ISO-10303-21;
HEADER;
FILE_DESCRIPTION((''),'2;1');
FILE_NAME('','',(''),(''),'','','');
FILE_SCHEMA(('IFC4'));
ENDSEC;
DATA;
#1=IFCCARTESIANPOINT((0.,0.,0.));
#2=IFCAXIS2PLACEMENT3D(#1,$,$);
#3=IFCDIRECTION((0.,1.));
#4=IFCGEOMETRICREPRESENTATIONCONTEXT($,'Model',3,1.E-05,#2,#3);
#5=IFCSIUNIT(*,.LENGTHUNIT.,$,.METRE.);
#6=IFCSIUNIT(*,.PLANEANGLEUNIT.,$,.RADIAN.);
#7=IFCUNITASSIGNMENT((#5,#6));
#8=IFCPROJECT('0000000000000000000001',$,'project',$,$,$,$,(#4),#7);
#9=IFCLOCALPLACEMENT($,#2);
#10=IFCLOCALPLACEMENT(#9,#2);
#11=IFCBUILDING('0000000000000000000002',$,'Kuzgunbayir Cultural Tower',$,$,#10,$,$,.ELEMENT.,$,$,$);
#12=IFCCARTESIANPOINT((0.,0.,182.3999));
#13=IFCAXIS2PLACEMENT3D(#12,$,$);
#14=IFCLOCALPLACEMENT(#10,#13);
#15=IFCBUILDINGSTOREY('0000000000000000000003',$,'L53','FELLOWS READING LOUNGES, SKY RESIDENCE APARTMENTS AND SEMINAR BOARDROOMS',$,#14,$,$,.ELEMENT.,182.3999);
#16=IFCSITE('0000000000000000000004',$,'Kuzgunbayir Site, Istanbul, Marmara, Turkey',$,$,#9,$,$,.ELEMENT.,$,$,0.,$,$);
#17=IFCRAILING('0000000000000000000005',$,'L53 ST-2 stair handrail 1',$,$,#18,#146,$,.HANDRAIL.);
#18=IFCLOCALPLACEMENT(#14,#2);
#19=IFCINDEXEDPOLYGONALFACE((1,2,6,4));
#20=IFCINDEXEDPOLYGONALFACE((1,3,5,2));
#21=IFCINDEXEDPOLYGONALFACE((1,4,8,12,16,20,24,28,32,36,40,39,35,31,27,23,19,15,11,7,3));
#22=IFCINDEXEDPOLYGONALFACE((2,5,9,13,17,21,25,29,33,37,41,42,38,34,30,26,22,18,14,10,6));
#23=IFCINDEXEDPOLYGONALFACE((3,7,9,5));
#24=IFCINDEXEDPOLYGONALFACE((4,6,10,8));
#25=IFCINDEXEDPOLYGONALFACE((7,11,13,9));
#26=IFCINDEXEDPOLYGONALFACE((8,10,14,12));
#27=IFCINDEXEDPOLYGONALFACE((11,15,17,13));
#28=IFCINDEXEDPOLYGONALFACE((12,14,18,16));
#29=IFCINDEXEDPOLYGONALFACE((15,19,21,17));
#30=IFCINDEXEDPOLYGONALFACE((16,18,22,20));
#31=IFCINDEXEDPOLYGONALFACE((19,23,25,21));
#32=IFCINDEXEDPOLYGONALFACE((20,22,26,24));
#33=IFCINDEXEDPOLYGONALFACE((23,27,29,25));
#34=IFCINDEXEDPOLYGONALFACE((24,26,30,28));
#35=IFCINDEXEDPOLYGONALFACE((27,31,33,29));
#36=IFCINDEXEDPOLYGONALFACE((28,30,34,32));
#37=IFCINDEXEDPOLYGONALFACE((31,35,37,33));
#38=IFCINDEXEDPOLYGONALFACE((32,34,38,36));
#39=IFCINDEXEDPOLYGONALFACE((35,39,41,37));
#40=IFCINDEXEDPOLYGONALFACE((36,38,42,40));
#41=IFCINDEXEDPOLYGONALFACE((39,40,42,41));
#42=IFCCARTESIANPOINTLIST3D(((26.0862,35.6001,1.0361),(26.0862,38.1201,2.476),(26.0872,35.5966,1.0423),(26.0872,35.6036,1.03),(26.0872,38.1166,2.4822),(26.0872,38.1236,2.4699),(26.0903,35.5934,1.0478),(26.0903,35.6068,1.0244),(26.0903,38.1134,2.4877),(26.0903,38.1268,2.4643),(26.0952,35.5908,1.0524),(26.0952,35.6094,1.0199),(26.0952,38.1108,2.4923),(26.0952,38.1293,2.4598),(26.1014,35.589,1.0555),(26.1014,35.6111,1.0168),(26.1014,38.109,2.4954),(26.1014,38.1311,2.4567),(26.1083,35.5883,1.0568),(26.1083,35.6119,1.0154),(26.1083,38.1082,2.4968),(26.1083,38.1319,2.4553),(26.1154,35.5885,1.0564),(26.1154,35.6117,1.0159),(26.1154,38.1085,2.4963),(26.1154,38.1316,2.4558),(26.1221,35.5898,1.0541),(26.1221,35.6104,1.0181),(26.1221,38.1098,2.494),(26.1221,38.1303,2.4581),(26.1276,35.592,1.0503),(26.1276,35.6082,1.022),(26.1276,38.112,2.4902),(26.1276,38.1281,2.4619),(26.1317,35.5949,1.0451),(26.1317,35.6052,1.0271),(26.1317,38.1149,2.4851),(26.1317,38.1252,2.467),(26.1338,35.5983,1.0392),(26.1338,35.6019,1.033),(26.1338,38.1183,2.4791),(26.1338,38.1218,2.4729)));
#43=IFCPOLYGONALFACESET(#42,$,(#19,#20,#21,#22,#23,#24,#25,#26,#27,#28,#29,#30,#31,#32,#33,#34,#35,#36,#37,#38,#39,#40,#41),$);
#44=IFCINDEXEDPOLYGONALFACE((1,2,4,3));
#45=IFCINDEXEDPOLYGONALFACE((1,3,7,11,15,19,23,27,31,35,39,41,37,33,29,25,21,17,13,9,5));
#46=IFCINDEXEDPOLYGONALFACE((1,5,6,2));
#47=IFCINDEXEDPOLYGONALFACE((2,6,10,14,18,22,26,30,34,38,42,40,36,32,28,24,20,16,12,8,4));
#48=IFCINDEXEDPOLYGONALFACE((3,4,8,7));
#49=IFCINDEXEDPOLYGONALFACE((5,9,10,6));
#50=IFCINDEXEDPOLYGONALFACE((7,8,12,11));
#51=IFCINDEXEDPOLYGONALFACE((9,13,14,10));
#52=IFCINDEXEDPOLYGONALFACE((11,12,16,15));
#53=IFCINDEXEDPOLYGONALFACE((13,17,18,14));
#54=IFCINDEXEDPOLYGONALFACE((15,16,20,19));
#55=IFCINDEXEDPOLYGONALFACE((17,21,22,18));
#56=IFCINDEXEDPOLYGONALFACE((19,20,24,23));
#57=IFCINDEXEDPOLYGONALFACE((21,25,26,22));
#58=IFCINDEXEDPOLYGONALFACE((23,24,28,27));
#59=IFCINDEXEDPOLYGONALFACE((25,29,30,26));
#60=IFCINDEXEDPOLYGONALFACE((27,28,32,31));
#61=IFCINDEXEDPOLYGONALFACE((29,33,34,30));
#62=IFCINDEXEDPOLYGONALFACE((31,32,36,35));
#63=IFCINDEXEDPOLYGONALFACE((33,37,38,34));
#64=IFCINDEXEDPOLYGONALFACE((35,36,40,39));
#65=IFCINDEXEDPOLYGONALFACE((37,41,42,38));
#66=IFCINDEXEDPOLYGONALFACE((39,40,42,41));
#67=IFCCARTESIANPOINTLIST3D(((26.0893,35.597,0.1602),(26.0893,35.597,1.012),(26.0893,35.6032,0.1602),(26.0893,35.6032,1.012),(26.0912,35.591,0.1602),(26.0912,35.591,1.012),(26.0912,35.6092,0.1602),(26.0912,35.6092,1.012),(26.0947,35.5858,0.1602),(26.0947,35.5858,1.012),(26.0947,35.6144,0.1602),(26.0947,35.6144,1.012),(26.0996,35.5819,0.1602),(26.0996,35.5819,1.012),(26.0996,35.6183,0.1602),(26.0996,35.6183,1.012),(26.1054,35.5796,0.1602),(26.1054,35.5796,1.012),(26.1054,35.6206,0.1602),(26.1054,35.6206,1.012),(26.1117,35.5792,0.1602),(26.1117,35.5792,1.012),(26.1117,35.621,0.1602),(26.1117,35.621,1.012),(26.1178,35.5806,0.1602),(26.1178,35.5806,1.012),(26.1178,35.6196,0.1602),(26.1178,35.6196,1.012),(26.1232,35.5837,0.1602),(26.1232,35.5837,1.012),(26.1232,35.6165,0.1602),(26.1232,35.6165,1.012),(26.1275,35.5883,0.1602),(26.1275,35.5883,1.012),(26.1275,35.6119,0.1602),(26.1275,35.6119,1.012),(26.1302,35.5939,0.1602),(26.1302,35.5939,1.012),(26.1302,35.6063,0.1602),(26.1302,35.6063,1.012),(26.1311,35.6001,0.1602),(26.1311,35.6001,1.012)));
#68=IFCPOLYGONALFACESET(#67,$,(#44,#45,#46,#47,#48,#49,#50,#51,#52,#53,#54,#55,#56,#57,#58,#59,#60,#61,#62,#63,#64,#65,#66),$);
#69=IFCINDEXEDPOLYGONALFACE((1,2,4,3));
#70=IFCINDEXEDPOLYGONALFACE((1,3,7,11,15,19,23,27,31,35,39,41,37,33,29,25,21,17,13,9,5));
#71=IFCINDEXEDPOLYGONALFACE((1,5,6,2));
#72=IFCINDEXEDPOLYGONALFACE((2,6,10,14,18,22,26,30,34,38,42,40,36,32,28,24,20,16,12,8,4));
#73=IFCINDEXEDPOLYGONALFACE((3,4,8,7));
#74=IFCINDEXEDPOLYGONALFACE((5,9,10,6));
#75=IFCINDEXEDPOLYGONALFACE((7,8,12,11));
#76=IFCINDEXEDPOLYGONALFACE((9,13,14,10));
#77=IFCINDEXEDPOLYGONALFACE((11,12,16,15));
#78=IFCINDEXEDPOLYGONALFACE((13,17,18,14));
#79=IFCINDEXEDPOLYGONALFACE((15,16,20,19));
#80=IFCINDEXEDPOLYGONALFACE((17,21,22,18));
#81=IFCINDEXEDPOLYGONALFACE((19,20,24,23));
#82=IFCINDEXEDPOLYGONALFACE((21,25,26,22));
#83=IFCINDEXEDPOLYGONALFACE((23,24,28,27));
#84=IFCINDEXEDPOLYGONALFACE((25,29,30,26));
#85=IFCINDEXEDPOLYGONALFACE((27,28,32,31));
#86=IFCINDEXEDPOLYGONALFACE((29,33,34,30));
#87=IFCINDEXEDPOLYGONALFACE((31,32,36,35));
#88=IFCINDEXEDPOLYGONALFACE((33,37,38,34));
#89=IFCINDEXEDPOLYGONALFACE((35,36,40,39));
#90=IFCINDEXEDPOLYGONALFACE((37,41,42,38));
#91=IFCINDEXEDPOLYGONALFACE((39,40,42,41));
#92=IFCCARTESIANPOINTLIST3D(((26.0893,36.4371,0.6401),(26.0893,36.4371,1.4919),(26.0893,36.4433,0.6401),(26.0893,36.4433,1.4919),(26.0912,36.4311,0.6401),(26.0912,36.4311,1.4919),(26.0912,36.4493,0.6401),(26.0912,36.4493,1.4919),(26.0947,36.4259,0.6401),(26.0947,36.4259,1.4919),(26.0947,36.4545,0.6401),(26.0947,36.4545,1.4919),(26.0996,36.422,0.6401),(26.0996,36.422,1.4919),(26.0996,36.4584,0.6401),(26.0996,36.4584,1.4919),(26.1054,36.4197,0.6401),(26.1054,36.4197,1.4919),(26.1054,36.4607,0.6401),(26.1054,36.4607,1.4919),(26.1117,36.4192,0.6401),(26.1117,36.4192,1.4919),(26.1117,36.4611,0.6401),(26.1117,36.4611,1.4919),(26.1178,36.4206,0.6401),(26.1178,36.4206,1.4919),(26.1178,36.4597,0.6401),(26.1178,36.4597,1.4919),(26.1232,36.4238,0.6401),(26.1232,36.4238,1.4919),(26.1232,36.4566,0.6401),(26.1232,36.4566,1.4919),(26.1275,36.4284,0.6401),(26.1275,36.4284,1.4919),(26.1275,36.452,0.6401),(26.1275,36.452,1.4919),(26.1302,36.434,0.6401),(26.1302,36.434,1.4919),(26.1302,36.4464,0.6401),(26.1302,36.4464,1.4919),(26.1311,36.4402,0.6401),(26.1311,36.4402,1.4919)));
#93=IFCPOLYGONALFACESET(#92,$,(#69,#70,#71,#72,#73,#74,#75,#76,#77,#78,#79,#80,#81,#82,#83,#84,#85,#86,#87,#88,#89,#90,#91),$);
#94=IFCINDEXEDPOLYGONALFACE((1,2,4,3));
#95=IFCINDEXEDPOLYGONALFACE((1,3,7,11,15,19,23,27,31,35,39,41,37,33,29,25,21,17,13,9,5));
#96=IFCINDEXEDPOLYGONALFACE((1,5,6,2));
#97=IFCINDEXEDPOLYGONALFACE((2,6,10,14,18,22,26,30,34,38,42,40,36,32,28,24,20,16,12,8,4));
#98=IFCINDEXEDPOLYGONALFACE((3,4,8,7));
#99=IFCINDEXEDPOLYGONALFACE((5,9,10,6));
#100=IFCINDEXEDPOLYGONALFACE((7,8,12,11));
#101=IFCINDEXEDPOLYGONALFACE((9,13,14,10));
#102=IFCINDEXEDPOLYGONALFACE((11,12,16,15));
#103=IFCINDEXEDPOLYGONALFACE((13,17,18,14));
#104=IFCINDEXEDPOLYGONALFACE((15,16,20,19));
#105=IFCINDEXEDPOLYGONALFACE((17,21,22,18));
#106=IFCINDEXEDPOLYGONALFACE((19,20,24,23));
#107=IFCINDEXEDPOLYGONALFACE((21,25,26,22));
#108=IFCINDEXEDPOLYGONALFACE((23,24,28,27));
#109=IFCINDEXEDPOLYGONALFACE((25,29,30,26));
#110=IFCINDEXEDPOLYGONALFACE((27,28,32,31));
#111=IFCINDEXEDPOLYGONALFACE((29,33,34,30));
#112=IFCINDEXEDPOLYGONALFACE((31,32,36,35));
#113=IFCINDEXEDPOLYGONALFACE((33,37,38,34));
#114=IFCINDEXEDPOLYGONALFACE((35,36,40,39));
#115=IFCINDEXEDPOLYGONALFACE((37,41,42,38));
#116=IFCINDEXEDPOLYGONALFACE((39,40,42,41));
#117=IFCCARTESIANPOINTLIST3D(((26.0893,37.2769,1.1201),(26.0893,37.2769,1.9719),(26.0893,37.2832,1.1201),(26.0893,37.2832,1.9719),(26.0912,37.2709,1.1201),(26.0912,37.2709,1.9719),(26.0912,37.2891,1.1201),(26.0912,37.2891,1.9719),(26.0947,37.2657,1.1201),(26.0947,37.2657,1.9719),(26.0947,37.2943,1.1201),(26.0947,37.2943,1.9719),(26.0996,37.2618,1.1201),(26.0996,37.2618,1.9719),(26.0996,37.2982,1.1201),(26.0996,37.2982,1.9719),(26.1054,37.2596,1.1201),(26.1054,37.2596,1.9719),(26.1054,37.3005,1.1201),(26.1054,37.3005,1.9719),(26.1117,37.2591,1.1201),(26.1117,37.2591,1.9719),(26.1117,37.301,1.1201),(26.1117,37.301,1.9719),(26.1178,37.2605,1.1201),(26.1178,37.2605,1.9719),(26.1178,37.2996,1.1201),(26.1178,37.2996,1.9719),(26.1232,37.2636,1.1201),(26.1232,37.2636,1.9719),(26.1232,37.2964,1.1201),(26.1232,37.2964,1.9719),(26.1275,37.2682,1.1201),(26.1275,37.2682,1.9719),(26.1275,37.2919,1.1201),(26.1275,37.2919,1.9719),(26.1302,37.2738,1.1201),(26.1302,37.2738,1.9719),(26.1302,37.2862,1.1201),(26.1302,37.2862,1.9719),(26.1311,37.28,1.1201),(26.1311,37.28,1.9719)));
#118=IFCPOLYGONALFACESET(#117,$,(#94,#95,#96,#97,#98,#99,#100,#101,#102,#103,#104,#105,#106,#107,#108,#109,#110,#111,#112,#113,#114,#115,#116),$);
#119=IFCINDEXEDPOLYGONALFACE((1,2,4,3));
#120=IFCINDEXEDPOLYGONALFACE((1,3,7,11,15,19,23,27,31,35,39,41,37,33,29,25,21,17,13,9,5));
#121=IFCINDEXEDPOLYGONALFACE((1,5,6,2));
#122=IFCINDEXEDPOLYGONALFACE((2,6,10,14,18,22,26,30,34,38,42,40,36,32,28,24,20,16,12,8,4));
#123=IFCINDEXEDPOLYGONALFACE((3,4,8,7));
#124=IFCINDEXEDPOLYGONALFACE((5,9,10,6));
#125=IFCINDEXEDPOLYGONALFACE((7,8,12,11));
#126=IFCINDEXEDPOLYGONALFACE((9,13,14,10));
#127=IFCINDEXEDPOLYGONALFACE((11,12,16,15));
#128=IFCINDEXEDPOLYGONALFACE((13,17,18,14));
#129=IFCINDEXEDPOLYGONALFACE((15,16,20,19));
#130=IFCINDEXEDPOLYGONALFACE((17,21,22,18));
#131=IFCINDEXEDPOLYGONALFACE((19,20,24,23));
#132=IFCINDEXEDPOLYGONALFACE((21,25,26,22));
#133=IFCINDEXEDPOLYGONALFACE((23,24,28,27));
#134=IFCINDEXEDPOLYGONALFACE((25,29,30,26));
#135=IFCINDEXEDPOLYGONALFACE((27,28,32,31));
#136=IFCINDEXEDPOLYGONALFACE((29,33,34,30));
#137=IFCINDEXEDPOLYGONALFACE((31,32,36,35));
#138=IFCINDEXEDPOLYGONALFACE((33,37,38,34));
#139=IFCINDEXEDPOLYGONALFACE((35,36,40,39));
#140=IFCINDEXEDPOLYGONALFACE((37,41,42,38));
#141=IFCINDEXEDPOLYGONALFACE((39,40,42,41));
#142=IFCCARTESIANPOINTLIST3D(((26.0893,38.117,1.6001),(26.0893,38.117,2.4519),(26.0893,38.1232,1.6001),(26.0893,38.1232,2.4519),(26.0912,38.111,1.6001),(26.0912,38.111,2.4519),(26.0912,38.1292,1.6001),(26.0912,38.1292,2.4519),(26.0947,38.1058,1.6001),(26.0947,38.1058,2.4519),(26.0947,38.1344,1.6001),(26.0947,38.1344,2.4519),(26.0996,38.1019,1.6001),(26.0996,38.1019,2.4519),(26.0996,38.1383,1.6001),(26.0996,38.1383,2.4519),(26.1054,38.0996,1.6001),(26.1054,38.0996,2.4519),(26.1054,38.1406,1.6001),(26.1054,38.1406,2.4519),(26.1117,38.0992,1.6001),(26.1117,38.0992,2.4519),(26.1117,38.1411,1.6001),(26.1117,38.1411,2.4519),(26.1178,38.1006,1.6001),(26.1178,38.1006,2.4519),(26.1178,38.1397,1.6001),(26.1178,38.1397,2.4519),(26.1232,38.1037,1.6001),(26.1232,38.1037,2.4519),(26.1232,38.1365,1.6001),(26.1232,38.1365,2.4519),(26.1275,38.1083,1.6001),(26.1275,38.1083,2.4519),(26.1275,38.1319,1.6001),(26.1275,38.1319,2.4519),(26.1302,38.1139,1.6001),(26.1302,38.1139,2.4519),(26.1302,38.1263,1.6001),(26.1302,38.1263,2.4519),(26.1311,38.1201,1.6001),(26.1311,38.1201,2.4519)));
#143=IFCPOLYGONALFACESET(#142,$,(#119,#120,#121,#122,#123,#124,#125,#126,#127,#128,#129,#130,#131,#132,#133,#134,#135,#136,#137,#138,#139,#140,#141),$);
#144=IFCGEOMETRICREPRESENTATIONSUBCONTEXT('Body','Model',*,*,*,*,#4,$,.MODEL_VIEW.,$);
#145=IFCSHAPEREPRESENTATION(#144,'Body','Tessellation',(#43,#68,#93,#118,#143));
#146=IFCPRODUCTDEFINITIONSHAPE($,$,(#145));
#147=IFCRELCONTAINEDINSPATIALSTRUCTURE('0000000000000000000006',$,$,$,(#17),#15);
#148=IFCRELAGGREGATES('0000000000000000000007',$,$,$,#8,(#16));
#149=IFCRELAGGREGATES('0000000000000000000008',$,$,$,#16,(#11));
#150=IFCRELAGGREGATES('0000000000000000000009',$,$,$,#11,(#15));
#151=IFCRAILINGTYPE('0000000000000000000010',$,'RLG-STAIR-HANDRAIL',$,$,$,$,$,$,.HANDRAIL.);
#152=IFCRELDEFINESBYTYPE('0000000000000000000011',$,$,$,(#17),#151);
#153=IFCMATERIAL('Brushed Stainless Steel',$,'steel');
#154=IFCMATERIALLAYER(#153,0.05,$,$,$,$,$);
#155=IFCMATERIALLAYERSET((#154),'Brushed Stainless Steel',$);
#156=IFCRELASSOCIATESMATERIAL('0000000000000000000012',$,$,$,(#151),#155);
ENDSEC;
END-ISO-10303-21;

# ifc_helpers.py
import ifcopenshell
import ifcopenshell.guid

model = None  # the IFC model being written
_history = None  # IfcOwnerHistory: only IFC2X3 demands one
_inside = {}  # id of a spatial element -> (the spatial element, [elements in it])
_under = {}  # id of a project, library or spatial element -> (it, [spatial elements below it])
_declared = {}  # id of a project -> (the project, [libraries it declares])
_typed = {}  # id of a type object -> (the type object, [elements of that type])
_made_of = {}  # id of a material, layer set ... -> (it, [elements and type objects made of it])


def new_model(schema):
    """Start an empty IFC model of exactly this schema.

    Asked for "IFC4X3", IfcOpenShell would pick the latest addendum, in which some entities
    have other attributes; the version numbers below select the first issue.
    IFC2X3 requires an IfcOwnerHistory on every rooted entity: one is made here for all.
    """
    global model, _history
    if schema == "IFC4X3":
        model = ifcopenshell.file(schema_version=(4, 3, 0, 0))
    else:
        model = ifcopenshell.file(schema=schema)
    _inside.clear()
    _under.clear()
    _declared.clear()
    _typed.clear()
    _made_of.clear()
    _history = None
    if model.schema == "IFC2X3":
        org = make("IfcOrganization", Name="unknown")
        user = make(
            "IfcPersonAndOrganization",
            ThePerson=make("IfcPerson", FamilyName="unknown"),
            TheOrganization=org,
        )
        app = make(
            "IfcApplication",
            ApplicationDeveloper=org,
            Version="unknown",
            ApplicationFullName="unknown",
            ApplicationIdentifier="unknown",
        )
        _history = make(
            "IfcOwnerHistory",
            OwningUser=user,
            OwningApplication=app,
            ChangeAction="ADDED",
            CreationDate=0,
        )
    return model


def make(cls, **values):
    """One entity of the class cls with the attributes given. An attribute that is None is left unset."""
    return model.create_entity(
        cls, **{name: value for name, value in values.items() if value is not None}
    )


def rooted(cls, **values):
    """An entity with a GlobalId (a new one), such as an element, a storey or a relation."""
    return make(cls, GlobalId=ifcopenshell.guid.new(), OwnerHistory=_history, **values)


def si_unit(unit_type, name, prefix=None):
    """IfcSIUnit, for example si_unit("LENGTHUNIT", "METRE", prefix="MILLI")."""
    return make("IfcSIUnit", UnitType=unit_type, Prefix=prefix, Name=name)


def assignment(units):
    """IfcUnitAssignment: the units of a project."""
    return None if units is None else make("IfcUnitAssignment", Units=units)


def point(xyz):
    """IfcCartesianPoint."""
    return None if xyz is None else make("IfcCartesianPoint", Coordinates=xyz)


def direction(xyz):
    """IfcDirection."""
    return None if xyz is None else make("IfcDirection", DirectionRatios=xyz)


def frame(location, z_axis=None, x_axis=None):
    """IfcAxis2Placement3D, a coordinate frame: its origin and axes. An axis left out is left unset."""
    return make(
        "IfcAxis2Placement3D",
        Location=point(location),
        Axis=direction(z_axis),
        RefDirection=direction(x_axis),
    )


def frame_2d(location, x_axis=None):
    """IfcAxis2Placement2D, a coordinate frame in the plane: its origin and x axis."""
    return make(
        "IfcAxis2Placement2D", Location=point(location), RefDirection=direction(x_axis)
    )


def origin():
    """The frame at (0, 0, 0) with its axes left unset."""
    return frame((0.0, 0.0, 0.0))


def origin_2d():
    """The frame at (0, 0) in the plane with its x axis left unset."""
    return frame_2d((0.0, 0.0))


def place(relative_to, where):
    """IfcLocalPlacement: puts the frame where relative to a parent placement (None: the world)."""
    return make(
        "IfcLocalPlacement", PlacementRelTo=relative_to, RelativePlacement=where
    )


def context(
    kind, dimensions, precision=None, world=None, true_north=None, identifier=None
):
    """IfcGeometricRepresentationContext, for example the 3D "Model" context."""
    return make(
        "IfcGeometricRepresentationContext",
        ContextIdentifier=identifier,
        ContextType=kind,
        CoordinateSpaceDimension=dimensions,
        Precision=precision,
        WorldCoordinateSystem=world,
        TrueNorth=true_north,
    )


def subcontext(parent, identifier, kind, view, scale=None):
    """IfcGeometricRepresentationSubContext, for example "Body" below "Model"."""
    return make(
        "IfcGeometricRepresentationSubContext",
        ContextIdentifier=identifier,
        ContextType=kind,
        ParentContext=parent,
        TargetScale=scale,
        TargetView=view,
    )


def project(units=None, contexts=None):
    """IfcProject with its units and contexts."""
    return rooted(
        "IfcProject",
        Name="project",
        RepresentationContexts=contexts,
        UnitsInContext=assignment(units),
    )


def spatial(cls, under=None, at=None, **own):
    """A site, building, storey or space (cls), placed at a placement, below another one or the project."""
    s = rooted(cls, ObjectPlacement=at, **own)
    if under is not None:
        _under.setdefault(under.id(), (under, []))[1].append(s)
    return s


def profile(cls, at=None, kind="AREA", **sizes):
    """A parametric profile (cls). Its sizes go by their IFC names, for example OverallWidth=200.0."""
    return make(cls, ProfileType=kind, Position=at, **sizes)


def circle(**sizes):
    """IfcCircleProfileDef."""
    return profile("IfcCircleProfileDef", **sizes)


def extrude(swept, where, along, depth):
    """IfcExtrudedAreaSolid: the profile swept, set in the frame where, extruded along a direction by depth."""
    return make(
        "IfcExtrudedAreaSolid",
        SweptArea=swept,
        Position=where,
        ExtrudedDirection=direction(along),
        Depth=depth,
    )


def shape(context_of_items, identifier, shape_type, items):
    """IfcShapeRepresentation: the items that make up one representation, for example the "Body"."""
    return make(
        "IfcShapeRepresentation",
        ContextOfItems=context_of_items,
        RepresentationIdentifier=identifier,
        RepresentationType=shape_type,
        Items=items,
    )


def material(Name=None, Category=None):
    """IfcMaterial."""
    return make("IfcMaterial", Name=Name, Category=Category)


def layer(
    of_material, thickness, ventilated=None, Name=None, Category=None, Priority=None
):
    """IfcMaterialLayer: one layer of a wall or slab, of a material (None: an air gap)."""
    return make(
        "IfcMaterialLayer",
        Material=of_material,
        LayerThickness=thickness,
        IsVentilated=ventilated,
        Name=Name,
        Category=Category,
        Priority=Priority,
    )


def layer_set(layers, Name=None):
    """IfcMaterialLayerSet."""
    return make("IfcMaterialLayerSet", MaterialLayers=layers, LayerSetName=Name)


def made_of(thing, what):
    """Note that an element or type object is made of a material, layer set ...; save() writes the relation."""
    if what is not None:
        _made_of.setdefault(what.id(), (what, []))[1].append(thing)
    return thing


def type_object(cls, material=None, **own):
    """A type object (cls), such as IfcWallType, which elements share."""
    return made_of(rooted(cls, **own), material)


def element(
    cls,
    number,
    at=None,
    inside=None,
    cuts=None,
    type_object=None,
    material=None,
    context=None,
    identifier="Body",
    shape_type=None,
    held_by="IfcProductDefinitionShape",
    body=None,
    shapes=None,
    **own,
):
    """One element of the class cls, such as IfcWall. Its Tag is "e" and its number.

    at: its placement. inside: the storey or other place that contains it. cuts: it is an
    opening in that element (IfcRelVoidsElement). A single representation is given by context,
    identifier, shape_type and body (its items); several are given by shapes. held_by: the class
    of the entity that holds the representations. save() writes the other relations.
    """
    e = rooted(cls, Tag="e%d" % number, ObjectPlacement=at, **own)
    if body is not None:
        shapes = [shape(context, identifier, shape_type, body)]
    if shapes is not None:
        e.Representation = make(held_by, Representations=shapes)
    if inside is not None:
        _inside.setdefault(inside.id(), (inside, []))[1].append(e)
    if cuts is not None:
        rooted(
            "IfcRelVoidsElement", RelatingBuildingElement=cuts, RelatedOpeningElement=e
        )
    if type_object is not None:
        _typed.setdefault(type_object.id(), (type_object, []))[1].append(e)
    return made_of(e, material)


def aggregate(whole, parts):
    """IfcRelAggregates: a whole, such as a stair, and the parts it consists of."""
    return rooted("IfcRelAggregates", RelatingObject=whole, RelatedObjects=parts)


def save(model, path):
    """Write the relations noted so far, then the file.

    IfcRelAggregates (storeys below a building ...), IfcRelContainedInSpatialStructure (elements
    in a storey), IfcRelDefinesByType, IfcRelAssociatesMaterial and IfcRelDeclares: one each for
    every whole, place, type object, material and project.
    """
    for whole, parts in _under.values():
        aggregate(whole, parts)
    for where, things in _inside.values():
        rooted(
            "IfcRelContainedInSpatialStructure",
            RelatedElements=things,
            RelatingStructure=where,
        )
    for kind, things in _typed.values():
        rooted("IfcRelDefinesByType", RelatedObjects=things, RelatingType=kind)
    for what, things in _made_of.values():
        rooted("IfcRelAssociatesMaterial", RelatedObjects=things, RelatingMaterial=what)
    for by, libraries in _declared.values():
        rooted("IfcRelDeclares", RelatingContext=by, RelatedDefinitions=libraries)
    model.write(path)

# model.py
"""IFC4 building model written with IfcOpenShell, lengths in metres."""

from ifc_helpers import new_model, si_unit, direction, frame, origin, origin_2d, place, context, subcontext, project, spatial, circle, extrude, material, layer, layer_set, type_object, element, save


model = new_model("IFC4")

# Units and contexts
model_context = context("Model", 3, precision=1e-05, world=origin(), true_north=direction((0.0, 1.0)))
body_context = subcontext(model_context, "Body", "Model", "MODEL_VIEW")
ifc_project = project(units=[si_unit("LENGTHUNIT", "METRE"), si_unit("PLANEANGLEUNIT", "RADIAN")], contexts=[model_context])

# Site, building, storey
site_placement = place(None, origin())
site = spatial("IfcSite", under=ifc_project, at=site_placement, Name="Kuzgunbayir Site, Istanbul, Marmara, Turkey", CompositionType="ELEMENT", RefElevation=0.0)
building_placement = place(site_placement, origin())
building = spatial("IfcBuilding", under=site, at=building_placement, Name="Kuzgunbayir Cultural Tower", CompositionType="ELEMENT")
storey_placement = place(building_placement, frame((0.0, 0.0, 182.3999)))
storey = spatial("IfcBuildingStorey", under=building, at=storey_placement, Name="L53", Description="FELLOWS READING LOUNGES, SKY RESIDENCE APARTMENTS AND SEMINAR BOARDROOMS", CompositionType="ELEMENT", Elevation=182.3999)

# Shared definitions
ifc_material_1 = material(Name="Brushed Stainless Steel", Category="steel")

# Railing
ifc_layer_1 = layer(ifc_material_1, 0.05)
ifc_layer_set_1 = layer_set([ifc_layer_1], Name="Brushed Stainless Steel")
railing_type_1 = type_object("IfcRailingType", Name="RLG-STAIR-HANDRAIL", PredefinedType="HANDRAIL", material=ifc_layer_set_1)
railing_1_placement = place(storey_placement, frame((26.1101, 35.6001, 0.1602)))
element("IfcRailing", 1, at=railing_1_placement, inside=storey, type_object=railing_type_1, Name="L53 ST-2 stair handrail 1", PredefinedType="HANDRAIL", context=body_context, shape_type="SweptSolid", body=[
    extrude(circle(Radius=0.0239, at=origin_2d()), frame((0.0, 0.0, 0.876), z_axis=(0.0, 0.868253, 0.496121), x_axis=(-1.0, 0.0, 0.0)), (0.0, 0.0, 1.0), 2.9023),
    extrude(circle(Radius=0.021, at=origin_2d()), origin(), (0.0, 0.0, 1.0), 0.8518),
    extrude(circle(Radius=0.021, at=origin_2d()), frame((0.0, 0.8401, 0.48)), (0.0, 0.0, 1.0), 0.8518),
    extrude(circle(Radius=0.021, at=origin_2d()), frame((0.0, 1.6799, 0.96)), (0.0, 0.0, 1.0), 0.8518),
    extrude(circle(Radius=0.021, at=origin_2d()), frame((0.0, 2.52, 1.4399)), (0.0, 0.0, 1.0), 0.8518),
])

save(model, "model.ifc")
